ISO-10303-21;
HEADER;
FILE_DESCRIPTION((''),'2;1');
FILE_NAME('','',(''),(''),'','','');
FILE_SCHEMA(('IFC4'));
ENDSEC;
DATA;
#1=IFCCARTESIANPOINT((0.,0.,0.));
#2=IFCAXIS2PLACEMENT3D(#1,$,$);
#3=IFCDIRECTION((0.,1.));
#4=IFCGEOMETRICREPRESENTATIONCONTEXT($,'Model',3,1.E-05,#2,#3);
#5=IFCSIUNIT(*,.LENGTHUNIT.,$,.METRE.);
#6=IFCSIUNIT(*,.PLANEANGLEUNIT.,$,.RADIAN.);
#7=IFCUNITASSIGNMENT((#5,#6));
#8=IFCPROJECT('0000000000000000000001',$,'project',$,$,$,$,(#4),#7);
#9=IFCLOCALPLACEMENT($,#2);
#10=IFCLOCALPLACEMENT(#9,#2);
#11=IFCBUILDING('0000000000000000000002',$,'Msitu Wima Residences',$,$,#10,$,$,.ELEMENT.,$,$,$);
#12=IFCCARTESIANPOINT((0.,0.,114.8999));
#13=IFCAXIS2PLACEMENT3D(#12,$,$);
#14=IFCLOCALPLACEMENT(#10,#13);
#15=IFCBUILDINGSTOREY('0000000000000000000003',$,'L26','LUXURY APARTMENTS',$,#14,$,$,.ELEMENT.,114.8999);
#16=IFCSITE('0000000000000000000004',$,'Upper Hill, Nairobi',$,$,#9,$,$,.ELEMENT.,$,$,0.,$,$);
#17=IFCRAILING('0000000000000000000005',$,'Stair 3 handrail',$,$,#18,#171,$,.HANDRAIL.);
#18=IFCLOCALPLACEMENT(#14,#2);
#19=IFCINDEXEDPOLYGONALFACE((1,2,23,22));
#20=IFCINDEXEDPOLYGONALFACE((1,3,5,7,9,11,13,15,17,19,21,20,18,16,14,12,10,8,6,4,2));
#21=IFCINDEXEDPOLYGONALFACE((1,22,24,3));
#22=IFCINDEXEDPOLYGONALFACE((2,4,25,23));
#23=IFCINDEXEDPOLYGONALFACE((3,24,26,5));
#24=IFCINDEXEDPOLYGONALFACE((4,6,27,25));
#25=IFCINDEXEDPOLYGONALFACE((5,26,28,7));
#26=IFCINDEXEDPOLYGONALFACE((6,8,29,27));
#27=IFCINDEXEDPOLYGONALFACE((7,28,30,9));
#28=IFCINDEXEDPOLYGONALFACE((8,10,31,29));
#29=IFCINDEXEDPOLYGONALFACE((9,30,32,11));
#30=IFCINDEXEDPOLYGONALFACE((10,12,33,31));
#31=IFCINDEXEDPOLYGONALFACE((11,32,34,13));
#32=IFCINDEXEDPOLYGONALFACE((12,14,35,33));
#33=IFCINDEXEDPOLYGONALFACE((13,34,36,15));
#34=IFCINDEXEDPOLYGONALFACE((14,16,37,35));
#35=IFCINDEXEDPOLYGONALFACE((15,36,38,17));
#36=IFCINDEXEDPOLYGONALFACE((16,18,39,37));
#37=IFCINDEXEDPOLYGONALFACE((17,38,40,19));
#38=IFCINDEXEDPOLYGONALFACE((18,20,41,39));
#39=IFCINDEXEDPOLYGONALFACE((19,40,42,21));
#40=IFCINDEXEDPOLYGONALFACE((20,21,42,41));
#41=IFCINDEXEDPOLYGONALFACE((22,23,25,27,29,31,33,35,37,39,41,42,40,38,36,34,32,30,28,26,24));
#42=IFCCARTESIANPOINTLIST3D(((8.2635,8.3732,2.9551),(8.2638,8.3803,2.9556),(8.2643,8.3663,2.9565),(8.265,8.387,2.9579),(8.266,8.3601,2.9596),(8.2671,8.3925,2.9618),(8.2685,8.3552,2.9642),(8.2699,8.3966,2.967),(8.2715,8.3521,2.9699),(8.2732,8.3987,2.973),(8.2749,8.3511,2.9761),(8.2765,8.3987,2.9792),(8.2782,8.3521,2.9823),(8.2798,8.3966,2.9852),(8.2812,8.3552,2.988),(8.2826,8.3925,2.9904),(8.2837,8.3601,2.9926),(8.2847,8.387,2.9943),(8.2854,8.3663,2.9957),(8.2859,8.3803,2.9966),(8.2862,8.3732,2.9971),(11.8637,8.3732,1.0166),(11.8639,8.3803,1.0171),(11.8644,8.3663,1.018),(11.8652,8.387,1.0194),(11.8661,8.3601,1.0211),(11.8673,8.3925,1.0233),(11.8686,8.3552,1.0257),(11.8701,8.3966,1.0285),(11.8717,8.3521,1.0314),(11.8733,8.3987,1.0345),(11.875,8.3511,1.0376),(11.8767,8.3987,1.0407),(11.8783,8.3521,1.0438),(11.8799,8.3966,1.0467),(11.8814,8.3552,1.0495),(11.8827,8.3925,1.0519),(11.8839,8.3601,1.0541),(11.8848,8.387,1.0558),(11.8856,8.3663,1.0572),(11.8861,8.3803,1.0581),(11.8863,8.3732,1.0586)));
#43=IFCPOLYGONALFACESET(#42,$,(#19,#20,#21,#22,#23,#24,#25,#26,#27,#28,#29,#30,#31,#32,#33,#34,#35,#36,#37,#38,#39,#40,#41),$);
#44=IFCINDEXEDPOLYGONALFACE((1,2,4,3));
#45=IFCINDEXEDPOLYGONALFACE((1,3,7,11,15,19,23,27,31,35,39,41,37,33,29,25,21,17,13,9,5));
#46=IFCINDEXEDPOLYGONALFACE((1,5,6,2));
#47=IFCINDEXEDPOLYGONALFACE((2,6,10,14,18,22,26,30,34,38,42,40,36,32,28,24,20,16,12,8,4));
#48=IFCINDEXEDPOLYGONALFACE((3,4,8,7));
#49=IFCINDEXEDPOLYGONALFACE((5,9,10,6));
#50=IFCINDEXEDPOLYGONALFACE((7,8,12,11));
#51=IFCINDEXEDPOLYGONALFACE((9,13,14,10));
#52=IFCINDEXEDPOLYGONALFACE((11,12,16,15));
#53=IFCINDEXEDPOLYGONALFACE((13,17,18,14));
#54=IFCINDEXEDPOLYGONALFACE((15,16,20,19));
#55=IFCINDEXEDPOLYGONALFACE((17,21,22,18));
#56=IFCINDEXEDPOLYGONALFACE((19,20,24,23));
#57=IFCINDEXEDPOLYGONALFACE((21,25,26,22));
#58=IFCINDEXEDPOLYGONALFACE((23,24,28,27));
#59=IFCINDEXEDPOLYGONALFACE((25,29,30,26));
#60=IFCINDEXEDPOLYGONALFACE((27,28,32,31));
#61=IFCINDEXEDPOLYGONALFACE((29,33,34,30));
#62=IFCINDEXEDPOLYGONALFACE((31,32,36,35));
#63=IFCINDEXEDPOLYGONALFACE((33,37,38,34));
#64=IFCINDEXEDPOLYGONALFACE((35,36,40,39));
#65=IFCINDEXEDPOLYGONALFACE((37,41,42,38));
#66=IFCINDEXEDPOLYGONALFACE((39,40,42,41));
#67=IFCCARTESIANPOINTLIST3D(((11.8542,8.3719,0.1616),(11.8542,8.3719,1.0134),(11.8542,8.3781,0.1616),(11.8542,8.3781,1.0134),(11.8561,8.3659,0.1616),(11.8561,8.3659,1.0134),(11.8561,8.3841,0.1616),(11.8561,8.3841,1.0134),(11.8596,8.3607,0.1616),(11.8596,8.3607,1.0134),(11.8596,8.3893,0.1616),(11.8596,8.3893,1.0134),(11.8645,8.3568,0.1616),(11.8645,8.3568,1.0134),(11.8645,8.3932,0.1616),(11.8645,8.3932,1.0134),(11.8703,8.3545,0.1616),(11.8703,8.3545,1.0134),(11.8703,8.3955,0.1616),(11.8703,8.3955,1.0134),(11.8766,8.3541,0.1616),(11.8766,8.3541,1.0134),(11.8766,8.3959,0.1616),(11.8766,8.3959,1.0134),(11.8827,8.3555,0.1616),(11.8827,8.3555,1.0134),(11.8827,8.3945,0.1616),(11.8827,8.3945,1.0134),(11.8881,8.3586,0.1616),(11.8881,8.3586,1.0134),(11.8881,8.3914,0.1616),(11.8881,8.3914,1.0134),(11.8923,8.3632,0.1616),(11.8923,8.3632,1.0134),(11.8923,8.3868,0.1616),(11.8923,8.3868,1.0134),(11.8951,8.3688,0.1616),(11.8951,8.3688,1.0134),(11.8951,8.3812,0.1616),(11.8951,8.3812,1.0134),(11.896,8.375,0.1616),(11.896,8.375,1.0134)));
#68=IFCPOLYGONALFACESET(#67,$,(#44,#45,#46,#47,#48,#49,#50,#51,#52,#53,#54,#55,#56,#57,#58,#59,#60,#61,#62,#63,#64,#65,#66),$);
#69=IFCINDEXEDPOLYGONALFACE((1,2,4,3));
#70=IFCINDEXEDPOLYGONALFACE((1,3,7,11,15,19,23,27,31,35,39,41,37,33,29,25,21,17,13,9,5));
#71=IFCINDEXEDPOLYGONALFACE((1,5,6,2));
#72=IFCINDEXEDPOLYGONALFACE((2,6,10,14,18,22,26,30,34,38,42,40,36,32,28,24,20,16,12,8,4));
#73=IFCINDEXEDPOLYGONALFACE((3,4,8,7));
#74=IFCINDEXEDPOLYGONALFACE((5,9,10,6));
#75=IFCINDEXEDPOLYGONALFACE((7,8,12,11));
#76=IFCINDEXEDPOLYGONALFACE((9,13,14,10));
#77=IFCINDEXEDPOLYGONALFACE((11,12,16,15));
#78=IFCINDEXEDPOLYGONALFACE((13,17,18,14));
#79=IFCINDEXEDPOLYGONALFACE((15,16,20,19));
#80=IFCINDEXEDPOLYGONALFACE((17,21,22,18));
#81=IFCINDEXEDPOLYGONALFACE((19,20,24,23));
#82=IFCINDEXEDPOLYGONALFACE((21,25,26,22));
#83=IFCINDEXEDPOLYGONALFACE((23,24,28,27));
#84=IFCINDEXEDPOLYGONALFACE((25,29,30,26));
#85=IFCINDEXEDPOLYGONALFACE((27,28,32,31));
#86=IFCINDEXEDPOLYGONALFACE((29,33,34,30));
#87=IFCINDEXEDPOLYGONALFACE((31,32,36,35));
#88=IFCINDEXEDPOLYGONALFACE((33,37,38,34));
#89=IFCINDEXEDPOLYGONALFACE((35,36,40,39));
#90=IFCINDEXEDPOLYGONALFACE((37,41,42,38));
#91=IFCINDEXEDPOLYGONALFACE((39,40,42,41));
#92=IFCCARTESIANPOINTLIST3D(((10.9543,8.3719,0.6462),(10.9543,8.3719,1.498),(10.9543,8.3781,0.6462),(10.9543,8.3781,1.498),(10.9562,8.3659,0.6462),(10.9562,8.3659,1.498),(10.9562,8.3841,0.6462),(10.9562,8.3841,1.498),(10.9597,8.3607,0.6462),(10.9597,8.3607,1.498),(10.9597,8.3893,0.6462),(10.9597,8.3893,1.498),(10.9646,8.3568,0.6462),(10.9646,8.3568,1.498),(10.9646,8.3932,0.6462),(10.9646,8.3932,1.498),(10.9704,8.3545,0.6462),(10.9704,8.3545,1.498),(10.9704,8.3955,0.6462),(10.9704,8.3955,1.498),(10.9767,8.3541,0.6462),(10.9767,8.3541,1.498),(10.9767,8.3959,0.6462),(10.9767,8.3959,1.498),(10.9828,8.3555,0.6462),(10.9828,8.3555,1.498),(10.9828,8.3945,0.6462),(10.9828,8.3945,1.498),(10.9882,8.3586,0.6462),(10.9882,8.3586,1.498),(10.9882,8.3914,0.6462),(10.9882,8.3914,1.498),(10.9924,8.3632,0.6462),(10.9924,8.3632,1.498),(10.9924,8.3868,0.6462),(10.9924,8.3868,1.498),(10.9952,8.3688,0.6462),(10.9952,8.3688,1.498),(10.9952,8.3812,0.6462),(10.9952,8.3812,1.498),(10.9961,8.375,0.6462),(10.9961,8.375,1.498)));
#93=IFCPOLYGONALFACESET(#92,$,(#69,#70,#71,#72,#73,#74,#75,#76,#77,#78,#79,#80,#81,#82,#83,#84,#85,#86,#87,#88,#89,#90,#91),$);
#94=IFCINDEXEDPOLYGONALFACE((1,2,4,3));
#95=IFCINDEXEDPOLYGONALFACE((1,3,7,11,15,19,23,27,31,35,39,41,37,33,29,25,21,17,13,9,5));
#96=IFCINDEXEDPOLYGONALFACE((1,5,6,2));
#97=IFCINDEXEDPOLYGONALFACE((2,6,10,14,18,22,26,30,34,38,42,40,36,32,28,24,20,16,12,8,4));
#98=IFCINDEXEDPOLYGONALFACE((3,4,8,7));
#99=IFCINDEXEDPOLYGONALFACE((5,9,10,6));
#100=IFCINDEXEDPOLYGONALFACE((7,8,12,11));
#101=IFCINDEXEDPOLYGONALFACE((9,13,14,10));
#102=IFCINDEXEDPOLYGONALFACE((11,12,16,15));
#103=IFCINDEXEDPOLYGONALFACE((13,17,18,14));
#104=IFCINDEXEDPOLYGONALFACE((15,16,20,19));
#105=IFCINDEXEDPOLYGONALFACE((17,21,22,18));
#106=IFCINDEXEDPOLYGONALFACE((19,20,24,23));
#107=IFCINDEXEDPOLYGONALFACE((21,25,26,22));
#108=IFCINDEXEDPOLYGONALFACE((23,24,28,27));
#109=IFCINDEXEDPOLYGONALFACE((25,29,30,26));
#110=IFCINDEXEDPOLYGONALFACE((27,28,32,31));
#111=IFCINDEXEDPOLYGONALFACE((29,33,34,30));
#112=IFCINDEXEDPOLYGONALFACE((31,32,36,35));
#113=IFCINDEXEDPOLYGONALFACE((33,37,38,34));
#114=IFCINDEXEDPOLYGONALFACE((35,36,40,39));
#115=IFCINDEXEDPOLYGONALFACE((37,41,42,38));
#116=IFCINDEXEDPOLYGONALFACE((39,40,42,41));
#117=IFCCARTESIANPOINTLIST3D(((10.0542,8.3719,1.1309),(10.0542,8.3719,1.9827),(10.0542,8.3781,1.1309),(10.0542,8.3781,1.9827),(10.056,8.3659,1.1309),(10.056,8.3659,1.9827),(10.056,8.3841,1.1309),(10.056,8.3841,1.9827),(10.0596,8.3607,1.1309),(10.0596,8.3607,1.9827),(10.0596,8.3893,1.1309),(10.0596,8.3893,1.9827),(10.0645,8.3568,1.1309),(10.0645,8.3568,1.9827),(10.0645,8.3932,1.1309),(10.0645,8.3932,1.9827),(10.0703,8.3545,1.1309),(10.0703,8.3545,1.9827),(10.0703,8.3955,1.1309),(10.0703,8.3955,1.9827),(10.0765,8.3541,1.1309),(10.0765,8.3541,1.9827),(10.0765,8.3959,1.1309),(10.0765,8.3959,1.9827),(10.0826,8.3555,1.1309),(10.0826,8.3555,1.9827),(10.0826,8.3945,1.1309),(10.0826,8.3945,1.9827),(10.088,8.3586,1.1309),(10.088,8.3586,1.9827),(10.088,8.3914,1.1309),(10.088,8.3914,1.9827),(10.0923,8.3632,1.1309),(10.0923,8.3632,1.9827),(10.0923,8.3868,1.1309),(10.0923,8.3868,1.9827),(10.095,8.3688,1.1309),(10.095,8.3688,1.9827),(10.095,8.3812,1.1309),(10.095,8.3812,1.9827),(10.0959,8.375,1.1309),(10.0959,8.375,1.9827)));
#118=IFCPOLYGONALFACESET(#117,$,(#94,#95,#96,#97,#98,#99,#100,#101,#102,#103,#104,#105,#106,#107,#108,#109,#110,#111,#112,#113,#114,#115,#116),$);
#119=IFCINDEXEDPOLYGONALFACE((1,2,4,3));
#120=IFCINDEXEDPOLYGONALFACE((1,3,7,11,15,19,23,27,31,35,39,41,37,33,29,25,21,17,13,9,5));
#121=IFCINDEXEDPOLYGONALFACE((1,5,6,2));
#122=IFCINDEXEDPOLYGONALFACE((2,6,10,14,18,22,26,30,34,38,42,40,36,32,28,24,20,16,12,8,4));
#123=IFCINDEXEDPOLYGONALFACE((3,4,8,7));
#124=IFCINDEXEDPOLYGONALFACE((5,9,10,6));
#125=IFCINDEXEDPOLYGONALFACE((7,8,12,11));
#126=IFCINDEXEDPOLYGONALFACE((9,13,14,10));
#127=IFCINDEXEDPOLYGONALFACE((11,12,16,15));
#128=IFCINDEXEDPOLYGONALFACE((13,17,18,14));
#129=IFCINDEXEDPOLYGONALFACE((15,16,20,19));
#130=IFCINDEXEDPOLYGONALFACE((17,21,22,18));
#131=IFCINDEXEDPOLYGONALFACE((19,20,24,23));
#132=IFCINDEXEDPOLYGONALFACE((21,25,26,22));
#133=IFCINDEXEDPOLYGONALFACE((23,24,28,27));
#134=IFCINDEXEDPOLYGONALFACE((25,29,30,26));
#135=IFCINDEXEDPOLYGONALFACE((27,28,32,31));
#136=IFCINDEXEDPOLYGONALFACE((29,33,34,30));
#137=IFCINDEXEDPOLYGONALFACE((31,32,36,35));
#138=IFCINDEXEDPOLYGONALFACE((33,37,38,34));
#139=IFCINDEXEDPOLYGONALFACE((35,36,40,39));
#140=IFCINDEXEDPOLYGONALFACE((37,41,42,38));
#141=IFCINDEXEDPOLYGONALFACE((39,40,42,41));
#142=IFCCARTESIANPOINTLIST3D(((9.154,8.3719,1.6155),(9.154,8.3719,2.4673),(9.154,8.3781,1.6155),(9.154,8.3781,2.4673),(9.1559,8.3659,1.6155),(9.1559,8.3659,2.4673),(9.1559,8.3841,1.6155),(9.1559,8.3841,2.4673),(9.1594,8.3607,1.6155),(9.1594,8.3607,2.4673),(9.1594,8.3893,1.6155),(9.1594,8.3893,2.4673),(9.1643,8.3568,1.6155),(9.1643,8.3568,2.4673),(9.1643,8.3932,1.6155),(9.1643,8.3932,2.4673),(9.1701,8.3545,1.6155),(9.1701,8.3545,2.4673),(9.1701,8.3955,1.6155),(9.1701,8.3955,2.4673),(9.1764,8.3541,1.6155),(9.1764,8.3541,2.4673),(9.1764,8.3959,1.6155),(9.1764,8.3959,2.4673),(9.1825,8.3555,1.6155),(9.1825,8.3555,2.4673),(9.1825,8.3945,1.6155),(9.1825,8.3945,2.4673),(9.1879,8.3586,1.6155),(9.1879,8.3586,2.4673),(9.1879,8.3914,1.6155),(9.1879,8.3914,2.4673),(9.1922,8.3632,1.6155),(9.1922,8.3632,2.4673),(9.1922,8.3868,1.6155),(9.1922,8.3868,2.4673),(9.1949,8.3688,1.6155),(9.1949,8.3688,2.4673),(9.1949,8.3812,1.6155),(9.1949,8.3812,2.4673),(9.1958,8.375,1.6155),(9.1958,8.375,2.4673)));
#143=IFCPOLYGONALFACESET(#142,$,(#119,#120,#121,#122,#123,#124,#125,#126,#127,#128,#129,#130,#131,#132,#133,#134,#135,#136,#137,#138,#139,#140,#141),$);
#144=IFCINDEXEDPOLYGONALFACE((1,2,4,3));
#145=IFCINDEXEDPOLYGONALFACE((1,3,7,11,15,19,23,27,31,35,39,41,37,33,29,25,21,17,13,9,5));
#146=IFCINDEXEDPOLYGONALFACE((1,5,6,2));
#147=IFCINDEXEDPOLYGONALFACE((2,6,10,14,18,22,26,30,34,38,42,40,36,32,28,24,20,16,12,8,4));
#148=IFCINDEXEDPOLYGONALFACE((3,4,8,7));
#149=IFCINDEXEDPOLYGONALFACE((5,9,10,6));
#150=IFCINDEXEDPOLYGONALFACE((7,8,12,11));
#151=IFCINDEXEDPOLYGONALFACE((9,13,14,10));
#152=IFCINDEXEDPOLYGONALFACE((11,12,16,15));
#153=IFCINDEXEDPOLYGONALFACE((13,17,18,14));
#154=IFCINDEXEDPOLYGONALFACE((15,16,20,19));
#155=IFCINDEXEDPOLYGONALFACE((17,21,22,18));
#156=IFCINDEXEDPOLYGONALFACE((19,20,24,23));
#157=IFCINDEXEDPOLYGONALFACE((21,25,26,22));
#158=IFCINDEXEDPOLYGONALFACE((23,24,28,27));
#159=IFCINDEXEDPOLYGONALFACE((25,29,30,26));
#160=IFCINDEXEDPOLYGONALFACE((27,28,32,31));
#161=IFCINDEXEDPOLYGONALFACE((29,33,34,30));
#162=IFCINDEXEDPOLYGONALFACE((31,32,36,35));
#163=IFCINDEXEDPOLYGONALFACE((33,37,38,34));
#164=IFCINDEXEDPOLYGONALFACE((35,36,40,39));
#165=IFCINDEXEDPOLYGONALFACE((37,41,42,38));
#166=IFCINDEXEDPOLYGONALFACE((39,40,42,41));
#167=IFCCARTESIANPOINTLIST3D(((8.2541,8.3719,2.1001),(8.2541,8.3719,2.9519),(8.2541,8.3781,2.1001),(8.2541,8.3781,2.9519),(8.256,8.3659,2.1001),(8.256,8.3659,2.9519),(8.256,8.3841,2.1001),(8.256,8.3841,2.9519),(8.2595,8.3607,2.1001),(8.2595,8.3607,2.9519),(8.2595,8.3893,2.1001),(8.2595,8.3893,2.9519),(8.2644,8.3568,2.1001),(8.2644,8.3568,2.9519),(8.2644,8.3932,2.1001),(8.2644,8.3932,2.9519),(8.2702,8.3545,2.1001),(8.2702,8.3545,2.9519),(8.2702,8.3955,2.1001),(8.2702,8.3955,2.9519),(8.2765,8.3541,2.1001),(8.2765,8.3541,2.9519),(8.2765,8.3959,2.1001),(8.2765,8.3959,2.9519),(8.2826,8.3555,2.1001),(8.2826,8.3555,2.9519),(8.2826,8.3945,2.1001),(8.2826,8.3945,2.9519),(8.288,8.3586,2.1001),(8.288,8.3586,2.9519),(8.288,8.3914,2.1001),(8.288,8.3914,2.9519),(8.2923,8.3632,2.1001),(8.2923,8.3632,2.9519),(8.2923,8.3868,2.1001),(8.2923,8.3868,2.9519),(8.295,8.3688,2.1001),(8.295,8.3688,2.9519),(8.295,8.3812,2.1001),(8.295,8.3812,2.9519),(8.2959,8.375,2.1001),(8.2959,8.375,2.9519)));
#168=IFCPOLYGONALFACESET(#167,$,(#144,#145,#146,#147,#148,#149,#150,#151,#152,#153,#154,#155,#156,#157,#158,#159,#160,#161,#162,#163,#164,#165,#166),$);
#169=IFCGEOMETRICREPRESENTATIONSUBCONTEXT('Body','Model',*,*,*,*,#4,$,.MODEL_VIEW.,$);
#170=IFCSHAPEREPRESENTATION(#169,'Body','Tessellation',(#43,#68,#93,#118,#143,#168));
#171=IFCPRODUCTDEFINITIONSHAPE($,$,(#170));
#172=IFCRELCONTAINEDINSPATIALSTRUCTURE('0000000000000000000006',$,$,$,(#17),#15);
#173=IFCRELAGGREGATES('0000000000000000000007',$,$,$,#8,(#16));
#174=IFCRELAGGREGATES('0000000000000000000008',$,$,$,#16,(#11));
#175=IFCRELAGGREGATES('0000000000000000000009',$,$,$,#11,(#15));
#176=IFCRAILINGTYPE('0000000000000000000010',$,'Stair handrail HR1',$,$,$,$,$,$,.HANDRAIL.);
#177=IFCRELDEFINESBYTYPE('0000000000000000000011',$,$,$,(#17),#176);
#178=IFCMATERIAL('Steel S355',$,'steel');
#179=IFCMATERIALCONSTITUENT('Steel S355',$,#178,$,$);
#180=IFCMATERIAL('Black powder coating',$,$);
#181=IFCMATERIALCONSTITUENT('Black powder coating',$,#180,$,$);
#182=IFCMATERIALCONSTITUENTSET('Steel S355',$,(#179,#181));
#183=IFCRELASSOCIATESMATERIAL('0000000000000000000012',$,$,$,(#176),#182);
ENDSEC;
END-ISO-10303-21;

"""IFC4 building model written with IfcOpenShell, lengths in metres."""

from ifc_helpers import new_model, si_unit, direction, frame, origin, origin_2d, place, context, subcontext, project, spatial, circle, extrude, material, constituent, constituent_set, type_object, element, save


model = new_model("IFC4")

# Units and contexts
model_context = context("Model", 3, precision=1e-05, world=origin(), true_north=direction((0.0, 1.0)))
body_context = subcontext(model_context, "Body", "Model", "MODEL_VIEW")
ifc_project = project(units=[si_unit("LENGTHUNIT", "METRE"), si_unit("PLANEANGLEUNIT", "RADIAN")], contexts=[model_context])

# Site, building, storey
site_placement = place(None, origin())
site = spatial("IfcSite", under=ifc_project, at=site_placement, Name="Upper Hill, Nairobi", CompositionType="ELEMENT", RefElevation=0.0)
building_placement = place(site_placement, origin())
building = spatial("IfcBuilding", under=site, at=building_placement, Name="Msitu Wima Residences", CompositionType="ELEMENT")
storey_placement = place(building_placement, frame((0.0, 0.0, 114.8999)))
storey = spatial("IfcBuildingStorey", under=building, at=storey_placement, Name="L26", Description="LUXURY APARTMENTS", CompositionType="ELEMENT", Elevation=114.8999)

# Railing
ifc_material_1 = material(Name="Steel S355", Category="steel")
ifc_constituent_1 = constituent(ifc_material_1, Name="Steel S355")
ifc_material_2 = material(Name="Black powder coating")
ifc_constituent_2 = constituent(ifc_material_2, Name="Black powder coating")
ifc_constituent_set_1 = constituent_set(constituents=[ifc_constituent_1, ifc_constituent_2], Name="Steel S355")
railing_type_1 = type_object("IfcRailingType", Name="Stair handrail HR1", PredefinedType="HANDRAIL", material=ifc_constituent_set_1)
for number, where, name in (
    (1, (11.875, 8.375, 0.1616), "Stair 3 handrail"),
):
    element("IfcRailing", number, at=place(storey_placement, frame(where)), inside=storey, type_object=railing_type_1, Name=name, PredefinedType="HANDRAIL", context=body_context, shape_type="SweptSolid", body=[
        extrude(circle(Radius=0.0239, at=origin_2d()), frame((0.0, 0.0, 0.876), z_axis=(-0.880475, 0.0, 0.474093), x_axis=(0.0, -1.0, 0.0)), (0.0, 0.0, 1.0), 4.0889),
        extrude(circle(Radius=0.021, at=origin_2d()), origin(), (0.0, 0.0, 1.0), 0.8518),
        extrude(circle(Radius=0.021, at=origin_2d()), frame((-0.8999, 0.0, 0.4846)), (0.0, 0.0, 1.0), 0.8518),
        extrude(circle(Radius=0.021, at=origin_2d()), frame((-1.8, 0.0, 0.9692)), (0.0, 0.0, 1.0), 0.8518),
        extrude(circle(Radius=0.021, at=origin_2d()), frame((-2.7002, 0.0, 1.4539)), (0.0, 0.0, 1.0), 0.8518),
        extrude(circle(Radius=0.021, at=origin_2d()), frame((-3.6001, 0.0, 1.9385)), (0.0, 0.0, 1.0), 0.8518),
    ])

save(model, "model.ifc")
